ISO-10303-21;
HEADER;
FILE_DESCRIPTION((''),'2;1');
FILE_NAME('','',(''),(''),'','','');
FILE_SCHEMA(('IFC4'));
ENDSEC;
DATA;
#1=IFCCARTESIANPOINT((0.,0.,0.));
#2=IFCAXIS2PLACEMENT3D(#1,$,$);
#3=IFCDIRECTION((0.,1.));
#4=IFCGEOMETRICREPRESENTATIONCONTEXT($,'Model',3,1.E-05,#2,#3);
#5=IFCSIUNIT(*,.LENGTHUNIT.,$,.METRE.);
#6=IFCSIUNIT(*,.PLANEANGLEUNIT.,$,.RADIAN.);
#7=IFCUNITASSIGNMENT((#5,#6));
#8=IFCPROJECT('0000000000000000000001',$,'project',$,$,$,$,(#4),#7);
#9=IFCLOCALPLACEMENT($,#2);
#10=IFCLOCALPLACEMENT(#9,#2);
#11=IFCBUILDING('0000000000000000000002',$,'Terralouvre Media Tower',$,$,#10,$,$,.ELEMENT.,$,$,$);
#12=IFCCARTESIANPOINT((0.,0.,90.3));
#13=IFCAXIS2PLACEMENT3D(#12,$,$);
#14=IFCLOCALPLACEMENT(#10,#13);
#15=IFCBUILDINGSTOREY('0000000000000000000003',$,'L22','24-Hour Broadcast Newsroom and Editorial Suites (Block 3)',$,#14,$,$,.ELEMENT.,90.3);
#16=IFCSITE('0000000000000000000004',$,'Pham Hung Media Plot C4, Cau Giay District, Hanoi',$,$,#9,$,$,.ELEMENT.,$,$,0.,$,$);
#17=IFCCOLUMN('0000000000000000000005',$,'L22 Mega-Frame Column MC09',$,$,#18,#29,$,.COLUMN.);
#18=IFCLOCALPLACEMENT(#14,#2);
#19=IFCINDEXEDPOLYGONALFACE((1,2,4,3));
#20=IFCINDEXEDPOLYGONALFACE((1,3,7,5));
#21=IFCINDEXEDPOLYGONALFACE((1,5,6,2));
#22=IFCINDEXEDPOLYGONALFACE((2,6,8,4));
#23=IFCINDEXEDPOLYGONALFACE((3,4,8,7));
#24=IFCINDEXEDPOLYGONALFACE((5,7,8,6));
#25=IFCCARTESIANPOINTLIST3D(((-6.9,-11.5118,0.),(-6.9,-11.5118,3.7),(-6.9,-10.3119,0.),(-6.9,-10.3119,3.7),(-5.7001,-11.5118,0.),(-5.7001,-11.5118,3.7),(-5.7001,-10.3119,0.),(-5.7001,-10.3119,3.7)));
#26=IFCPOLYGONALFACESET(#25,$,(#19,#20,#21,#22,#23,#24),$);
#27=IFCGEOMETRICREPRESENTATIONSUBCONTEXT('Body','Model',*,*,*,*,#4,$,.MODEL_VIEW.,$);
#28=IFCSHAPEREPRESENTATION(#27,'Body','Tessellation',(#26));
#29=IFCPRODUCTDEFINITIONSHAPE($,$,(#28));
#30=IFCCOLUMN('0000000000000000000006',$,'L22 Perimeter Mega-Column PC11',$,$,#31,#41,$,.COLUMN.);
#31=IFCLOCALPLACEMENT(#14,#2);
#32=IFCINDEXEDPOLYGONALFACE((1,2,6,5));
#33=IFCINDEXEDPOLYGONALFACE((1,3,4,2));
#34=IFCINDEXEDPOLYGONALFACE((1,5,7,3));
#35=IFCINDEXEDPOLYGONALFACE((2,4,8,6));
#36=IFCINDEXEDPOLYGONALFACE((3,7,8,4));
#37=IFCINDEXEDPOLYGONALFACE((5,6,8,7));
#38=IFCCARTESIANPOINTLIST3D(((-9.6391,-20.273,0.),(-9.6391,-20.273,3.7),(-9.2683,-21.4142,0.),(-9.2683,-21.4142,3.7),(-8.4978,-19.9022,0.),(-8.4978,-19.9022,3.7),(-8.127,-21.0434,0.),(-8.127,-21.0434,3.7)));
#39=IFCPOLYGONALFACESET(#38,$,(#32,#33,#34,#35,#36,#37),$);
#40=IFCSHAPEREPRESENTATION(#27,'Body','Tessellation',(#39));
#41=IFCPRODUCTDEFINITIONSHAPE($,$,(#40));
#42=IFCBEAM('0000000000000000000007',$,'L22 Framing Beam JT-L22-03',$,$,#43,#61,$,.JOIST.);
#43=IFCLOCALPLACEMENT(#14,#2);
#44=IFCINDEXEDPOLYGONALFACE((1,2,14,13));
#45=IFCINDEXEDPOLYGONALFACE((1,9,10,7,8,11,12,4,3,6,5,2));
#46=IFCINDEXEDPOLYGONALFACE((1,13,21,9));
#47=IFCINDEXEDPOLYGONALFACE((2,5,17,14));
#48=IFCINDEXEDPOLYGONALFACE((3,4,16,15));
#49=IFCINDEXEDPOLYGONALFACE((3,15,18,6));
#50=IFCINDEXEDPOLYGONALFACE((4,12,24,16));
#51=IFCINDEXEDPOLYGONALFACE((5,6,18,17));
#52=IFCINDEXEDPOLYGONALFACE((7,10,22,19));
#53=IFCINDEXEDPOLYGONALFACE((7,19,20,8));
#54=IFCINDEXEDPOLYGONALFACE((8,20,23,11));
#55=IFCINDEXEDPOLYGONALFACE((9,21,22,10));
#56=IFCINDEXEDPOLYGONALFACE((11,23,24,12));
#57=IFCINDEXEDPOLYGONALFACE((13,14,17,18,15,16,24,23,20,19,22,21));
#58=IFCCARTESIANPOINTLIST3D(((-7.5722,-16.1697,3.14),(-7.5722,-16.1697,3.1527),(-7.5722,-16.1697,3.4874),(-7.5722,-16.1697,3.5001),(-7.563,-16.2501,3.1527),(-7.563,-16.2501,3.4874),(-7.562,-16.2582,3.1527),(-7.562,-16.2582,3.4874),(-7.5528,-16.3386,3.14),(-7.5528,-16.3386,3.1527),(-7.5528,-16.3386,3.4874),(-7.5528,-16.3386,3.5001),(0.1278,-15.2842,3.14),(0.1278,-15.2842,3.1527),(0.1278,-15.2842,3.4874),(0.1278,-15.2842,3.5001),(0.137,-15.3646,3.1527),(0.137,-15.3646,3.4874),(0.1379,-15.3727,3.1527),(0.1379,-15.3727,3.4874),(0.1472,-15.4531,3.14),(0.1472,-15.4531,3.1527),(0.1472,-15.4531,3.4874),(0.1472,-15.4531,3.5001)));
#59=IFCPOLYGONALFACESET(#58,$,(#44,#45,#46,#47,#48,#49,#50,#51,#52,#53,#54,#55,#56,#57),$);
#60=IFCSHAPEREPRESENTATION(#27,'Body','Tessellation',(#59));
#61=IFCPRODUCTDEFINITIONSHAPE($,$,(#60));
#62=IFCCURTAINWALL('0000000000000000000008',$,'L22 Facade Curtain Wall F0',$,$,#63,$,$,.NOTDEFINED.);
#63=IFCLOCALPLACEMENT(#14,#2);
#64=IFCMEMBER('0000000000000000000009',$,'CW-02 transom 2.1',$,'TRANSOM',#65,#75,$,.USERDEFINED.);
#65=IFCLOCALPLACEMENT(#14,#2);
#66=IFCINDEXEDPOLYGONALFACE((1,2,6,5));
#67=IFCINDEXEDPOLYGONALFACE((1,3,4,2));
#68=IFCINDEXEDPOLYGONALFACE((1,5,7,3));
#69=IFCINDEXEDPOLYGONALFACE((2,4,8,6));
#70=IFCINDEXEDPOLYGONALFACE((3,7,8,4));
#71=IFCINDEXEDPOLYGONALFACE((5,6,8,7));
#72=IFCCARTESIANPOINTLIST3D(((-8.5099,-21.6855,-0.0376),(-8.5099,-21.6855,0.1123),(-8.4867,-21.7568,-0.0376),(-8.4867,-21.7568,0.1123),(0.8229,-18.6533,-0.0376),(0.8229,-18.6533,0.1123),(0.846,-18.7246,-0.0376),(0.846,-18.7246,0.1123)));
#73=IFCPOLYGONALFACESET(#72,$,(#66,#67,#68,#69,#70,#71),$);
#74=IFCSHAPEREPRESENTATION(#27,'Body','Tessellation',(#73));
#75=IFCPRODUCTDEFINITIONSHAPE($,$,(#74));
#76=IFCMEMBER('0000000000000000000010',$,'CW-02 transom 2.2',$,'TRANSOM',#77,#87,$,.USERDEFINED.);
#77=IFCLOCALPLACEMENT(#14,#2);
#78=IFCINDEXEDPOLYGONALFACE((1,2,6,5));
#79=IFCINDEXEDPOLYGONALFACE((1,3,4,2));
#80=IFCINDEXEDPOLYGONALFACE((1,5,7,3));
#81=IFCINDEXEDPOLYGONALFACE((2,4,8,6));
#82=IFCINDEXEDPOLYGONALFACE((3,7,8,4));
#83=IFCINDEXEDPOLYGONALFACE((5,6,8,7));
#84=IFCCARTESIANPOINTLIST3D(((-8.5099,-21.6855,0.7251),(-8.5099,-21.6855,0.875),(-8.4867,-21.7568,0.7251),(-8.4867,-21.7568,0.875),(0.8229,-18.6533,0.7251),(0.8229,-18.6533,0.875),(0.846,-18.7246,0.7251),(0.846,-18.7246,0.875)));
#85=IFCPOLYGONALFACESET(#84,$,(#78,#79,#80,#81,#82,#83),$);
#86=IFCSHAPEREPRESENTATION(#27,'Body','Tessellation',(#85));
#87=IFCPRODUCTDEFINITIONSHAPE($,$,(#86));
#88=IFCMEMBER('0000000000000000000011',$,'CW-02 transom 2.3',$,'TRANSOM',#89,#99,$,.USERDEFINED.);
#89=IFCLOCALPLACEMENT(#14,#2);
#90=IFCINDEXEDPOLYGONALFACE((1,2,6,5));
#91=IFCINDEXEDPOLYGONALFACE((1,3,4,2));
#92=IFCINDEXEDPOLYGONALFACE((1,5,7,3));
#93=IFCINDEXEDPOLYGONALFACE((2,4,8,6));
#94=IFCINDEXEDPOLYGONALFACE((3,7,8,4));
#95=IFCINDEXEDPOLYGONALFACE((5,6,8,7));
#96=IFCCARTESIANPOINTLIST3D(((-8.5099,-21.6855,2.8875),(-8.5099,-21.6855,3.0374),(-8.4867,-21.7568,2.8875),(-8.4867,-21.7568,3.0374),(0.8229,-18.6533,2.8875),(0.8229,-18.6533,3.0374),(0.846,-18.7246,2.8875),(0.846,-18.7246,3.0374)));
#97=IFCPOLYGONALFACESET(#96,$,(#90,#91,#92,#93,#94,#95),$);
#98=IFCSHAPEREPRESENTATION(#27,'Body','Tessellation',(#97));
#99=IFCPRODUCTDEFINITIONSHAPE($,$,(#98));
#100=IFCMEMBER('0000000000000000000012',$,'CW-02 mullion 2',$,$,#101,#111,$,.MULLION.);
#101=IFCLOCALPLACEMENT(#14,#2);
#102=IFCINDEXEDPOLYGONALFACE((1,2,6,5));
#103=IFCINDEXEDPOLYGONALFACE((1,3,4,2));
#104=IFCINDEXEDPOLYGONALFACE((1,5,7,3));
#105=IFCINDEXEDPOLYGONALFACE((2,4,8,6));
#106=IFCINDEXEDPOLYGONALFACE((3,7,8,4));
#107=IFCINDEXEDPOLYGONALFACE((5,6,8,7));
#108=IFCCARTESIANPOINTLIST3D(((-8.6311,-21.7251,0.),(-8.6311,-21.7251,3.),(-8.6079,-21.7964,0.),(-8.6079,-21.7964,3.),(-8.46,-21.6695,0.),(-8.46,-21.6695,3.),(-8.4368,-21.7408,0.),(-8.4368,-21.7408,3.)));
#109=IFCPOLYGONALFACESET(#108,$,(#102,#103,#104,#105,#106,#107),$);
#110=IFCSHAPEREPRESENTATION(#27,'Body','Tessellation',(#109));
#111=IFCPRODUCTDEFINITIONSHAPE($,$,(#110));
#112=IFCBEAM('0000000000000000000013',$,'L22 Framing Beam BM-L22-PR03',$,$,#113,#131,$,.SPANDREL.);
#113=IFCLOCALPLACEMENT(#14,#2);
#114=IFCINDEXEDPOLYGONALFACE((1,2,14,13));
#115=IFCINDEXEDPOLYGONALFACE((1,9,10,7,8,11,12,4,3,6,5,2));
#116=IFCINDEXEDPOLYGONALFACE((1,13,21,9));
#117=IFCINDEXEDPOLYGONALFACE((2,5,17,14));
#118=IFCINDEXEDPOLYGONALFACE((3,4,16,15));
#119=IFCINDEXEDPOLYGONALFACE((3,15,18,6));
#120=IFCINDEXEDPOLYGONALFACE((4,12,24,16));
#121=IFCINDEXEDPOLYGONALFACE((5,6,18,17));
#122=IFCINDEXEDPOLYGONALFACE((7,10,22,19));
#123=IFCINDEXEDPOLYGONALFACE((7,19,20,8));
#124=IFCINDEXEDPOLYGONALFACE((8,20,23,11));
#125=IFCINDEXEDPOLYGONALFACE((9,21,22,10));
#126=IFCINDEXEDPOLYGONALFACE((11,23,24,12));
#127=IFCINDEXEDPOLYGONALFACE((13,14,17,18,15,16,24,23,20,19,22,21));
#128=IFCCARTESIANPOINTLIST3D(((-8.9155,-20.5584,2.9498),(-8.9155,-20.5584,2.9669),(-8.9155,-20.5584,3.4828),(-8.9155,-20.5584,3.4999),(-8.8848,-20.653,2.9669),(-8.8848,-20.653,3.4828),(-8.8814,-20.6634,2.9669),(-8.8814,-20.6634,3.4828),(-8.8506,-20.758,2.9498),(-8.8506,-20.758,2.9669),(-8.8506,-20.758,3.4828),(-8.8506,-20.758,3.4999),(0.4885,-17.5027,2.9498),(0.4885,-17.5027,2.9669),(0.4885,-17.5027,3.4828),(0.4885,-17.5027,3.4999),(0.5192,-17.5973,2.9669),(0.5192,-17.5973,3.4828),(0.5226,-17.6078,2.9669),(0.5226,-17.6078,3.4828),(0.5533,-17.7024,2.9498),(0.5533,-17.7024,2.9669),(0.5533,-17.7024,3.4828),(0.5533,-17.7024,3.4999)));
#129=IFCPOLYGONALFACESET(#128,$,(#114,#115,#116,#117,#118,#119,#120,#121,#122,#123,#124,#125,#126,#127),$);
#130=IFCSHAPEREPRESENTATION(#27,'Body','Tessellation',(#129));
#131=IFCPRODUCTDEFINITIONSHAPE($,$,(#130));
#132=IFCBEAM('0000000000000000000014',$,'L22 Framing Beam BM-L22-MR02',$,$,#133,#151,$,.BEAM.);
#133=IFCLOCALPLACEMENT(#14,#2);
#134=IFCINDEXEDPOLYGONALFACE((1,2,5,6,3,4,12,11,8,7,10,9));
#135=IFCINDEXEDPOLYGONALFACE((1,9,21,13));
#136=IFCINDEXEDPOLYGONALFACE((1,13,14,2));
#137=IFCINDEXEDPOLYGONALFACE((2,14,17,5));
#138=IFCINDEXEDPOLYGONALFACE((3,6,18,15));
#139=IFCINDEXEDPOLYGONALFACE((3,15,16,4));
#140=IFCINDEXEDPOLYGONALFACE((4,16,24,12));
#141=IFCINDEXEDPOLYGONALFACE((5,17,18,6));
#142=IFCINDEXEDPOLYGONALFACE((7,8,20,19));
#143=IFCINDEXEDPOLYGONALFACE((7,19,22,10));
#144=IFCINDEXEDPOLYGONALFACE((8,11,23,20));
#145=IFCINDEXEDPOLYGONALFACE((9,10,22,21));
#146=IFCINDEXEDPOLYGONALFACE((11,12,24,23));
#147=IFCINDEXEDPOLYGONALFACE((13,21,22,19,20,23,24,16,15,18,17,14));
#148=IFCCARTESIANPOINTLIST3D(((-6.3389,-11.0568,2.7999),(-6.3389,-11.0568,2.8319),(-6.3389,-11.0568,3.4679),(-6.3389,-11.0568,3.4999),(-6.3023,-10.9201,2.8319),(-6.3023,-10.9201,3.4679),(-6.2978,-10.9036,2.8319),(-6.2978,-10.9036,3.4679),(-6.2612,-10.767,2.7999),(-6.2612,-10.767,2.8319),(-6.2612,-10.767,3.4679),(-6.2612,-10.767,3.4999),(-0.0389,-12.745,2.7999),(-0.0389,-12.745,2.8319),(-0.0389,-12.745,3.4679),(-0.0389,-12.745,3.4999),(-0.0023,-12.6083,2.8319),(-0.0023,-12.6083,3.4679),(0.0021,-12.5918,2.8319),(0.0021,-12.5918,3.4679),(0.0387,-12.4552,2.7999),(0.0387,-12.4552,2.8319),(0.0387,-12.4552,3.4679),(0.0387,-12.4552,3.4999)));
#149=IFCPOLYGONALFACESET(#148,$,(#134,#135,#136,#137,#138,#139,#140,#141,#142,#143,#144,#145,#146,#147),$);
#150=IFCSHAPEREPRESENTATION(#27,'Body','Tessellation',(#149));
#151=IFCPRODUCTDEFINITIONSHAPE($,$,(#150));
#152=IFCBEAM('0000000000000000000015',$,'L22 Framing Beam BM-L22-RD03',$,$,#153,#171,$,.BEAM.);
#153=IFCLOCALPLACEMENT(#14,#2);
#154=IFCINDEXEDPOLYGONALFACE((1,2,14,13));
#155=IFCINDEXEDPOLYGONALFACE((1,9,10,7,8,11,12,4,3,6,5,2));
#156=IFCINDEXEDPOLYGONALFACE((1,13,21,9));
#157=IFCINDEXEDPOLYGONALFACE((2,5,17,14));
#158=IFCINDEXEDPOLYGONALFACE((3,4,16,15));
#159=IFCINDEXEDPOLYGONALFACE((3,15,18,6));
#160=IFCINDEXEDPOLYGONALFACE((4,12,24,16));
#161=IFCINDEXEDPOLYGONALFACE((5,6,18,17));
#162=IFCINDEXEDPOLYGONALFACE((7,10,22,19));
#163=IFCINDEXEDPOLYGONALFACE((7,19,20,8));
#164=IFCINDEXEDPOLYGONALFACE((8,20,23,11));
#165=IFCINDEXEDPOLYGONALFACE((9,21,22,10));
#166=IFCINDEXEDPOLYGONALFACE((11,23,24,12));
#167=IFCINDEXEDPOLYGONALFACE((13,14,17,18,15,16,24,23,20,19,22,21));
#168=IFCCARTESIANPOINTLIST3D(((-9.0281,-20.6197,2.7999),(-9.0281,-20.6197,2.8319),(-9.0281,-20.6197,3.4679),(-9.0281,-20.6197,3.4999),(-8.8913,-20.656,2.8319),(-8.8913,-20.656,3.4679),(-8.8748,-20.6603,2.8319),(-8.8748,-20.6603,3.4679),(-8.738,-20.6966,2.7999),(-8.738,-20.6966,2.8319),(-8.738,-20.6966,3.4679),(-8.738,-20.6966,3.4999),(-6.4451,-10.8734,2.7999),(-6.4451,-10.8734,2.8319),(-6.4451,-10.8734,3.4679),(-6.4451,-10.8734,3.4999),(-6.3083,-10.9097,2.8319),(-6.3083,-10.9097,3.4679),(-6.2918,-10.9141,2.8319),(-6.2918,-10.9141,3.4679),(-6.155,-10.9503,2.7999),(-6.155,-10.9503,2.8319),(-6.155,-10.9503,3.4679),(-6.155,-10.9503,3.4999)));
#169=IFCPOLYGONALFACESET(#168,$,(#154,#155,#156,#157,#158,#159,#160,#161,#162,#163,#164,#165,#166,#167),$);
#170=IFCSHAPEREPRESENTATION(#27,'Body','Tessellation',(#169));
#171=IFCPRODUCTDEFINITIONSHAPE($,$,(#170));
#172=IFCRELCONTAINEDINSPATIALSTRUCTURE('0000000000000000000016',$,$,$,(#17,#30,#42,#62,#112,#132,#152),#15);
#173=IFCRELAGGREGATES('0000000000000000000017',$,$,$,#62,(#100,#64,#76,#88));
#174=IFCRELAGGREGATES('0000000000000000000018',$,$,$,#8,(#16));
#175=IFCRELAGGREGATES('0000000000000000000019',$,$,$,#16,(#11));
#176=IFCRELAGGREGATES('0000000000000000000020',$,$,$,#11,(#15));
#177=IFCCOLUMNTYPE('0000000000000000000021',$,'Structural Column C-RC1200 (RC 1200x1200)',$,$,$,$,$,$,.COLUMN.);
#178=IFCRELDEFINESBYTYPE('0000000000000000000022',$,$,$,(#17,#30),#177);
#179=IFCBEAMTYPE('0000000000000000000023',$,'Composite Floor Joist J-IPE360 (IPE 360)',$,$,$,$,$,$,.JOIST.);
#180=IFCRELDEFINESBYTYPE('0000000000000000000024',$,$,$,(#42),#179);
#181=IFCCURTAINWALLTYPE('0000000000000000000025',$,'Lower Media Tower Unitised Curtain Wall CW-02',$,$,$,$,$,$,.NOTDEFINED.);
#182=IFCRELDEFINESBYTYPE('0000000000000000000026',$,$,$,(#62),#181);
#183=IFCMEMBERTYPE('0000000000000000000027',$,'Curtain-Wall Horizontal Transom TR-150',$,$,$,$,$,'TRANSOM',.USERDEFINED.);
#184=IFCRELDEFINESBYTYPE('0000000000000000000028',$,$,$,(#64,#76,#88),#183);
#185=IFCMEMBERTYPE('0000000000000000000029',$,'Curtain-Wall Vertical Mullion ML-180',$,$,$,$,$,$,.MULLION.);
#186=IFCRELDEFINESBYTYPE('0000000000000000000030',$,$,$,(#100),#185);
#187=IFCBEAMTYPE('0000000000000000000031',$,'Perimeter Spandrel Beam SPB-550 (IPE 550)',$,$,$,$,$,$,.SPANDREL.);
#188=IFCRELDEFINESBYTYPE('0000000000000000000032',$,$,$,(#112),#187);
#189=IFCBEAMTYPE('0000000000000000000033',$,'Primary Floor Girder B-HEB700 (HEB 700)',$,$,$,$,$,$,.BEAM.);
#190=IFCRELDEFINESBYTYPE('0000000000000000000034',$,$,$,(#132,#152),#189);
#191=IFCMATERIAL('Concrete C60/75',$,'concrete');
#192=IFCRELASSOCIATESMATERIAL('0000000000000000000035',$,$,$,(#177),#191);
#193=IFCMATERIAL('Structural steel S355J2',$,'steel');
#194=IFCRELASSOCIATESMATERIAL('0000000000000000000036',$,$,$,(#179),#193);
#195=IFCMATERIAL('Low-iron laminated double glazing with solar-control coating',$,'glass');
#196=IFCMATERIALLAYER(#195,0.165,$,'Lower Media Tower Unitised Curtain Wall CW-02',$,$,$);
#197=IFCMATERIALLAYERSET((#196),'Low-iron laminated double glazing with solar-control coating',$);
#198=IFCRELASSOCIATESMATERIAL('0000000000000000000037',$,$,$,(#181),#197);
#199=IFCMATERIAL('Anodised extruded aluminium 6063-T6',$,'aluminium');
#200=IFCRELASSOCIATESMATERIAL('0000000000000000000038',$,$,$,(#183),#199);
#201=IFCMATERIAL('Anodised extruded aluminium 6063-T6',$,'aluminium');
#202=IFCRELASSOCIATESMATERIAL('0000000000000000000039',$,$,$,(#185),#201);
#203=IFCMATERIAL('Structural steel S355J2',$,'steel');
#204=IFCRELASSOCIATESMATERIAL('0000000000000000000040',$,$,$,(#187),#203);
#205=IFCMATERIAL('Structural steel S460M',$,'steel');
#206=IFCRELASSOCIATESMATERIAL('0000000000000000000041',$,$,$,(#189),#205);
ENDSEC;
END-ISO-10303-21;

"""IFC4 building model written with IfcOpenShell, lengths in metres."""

from ifc_helpers import new_model, si_unit, direction, frame, origin, origin_2d, place, context, subcontext, project, spatial, rectangle, i_section, extrude, material, layer, layer_set, material_profile, profile_set, type_object, element, aggregate, save


model = new_model("IFC4")

# Units and contexts
model_context = context("Model", 3, precision=1e-05, world=origin(), true_north=direction((0.0, 1.0)))
body_context = subcontext(model_context, "Body", "Model", "MODEL_VIEW")
ifc_project = project(units=[si_unit("LENGTHUNIT", "METRE"), si_unit("PLANEANGLEUNIT", "RADIAN")], contexts=[model_context])

# Site, building, storey
site_placement = place(None, origin())
site = spatial("IfcSite", under=ifc_project, at=site_placement, Name="Pham Hung Media Plot C4, Cau Giay District, Hanoi", CompositionType="ELEMENT", RefElevation=0.0)
building_placement = place(site_placement, origin())
building = spatial("IfcBuilding", under=site, at=building_placement, Name="Terralouvre Media Tower", CompositionType="ELEMENT")
storey_placement = place(building_placement, frame((0.0, 0.0, 90.3)))
storey = spatial("IfcBuildingStorey", under=building, at=storey_placement, Name="L22", Description="24-Hour Broadcast Newsroom and Editorial Suites (Block 3)", CompositionType="ELEMENT", Elevation=90.3)

# Columns
ifc_material_1 = material(Name="Concrete C60/75", Category="concrete")
ifc_material_profile_1 = material_profile(ifc_material_1, rectangle(XDim=1.2, YDim=1.2, at=origin_2d()), Name="RC 1200x1200")
ifc_profile_set_1 = profile_set([ifc_material_profile_1], Name="Concrete C60/75")
column_type = type_object("IfcColumnType", Name="Structural Column C-RC1200 (RC 1200x1200)", PredefinedType="COLUMN", material=ifc_profile_set_1)
for number, where, z_axis, x_axis, name in (
    (1, (-6.3, -10.9119, 0.0), (0.0, 0.0, 1.0), (1.0, 0.0, 0.0), "L22 Mega-Frame Column MC09"),
    (2, (-8.8831, -20.6582, 0.0), (0.0, 0.0, 1.0), (0.951057, 0.309017, 0.0), "L22 Perimeter Mega-Column PC11"),
):
    element("IfcColumn", number, at=place(storey_placement, frame(where, z_axis=z_axis, x_axis=x_axis)), inside=storey, type_object=column_type, Name=name, PredefinedType="COLUMN", context=body_context, shape_type="SweptSolid", body=[
        extrude(rectangle(XDim=1.2, YDim=1.2, at=origin_2d()), origin(), (0.0, 0.0, 1.0), 3.7),
    ])

# Beam
ifc_material_2 = material(Name="Structural steel S355J2", Category="steel")
ifc_material_profile_2 = material_profile(ifc_material_2, i_section(OverallWidth=0.1699, OverallDepth=0.3601, WebThickness=0.0081, FlangeThickness=0.0127, at=origin_2d()), Name="IPE 360")
ifc_profile_set_2 = profile_set([ifc_material_profile_2], Name="Structural steel S355J2")
beam_type_1 = type_object("IfcBeamType", Name="Composite Floor Joist J-IPE360 (IPE 360)", PredefinedType="JOIST", material=ifc_profile_set_2)
beam_1_placement = place(storey_placement, frame((-7.5625, -16.2542, 3.3201), z_axis=(0.993452, 0.114247, 0.0), x_axis=(-0.114247, 0.993452, 0.0)))
element("IfcBeam", 3, at=beam_1_placement, inside=storey, type_object=beam_type_1, Name="L22 Framing Beam JT-L22-03", PredefinedType="JOIST", context=body_context, shape_type="SweptSolid", body=[
    extrude(i_section(OverallWidth=0.1699, OverallDepth=0.3601, WebThickness=0.0081, FlangeThickness=0.0127, at=origin_2d()), origin(), (0.0, 0.0, 1.0), 7.7507),
])

# Curtain wall, members
ifc_material_3 = material(Name="Low-iron laminated double glazing with solar-control coating", Category="glass")
ifc_layer_1 = layer(ifc_material_3, 0.165, Name="Lower Media Tower Unitised Curtain Wall CW-02")
ifc_layer_set_1 = layer_set([ifc_layer_1], Name="Low-iron laminated double glazing with solar-control coating")
curtain_wall_type = type_object("IfcCurtainWallType", Name="Lower Media Tower Unitised Curtain Wall CW-02", PredefinedType="NOTDEFINED", material=ifc_layer_set_1)
curtain_wall_placement = place(storey_placement, origin())
curtain_wall = element("IfcCurtainWall", 4, at=curtain_wall_placement, inside=storey, type_object=curtain_wall_type, Name="L22 Facade Curtain Wall F0", PredefinedType="NOTDEFINED")
ifc_material_4 = material(Name="Anodised extruded aluminium 6063-T6", Category="aluminium")
ifc_material_profile_3 = material_profile(ifc_material_4, rectangle(XDim=0.075, YDim=0.1499, at=origin_2d()), Name="ALU 75x150")
ifc_profile_set_3 = profile_set([ifc_material_profile_3], Name="Anodised extruded aluminium 6063-T6")
member_type_1 = type_object("IfcMemberType", Name="Curtain-Wall Horizontal Transom TR-150", ElementType="TRANSOM", PredefinedType="USERDEFINED", material=ifc_profile_set_3)
member_1_placement = place(storey_placement, frame((-8.4983, -21.7212, 0.0374), z_axis=(0.951062, 0.309001, 0.0), x_axis=(-0.309001, 0.951062, 0.0)))
member_1 = element("IfcMember", 5, at=member_1_placement, type_object=member_type_1, Name="CW-02 transom 2.1", ObjectType="TRANSOM", PredefinedType="USERDEFINED", context=body_context, shape_type="SweptSolid", body=[
    extrude(rectangle(XDim=0.075, YDim=0.1499, at=origin_2d()), origin(), (0.0, 0.0, 1.0), 9.813),
])
member_2_placement = place(storey_placement, frame((-8.4983, -21.7212, 0.8), z_axis=(0.951062, 0.309001, 0.0), x_axis=(-0.309001, 0.951062, 0.0)))
member_2 = element("IfcMember", 6, at=member_2_placement, type_object=member_type_1, Name="CW-02 transom 2.2", ObjectType="TRANSOM", PredefinedType="USERDEFINED", context=body_context, shape_type="SweptSolid", body=[
    extrude(rectangle(XDim=0.075, YDim=0.1499, at=origin_2d()), origin(), (0.0, 0.0, 1.0), 9.813),
])
member_3_placement = place(storey_placement, frame((-8.4983, -21.7212, 2.9624), z_axis=(0.951062, 0.309001, 0.0), x_axis=(-0.309001, 0.951062, 0.0)))
member_3 = element("IfcMember", 7, at=member_3_placement, type_object=member_type_1, Name="CW-02 transom 2.3", ObjectType="TRANSOM", PredefinedType="USERDEFINED", context=body_context, shape_type="SweptSolid", body=[
    extrude(rectangle(XDim=0.075, YDim=0.1499, at=origin_2d()), origin(), (0.0, 0.0, 1.0), 9.813),
])
ifc_material_5 = material(Name="Anodised extruded aluminium 6063-T6", Category="aluminium")
ifc_material_profile_4 = material_profile(ifc_material_5, rectangle(XDim=0.075, YDim=0.1799, at=origin_2d()), Name="ALU 75x180")
ifc_profile_set_4 = profile_set([ifc_material_profile_4], Name="Anodised extruded aluminium 6063-T6")
member_type_2 = type_object("IfcMemberType", Name="Curtain-Wall Vertical Mullion ML-180", PredefinedType="MULLION", material=ifc_profile_set_4)
member_4_placement = place(storey_placement, frame((-8.5339, -21.7329, 0.0), z_axis=(0.0, 0.0, 1.0), x_axis=(-0.309017, 0.951057, 0.0)))
member_4 = element("IfcMember", 8, at=member_4_placement, type_object=member_type_2, Name="CW-02 mullion 2", PredefinedType="MULLION", context=body_context, shape_type="SweptSolid", body=[
    extrude(rectangle(XDim=0.075, YDim=0.1799, at=origin_2d()), origin(), (0.0, 0.0, 1.0), 3.0),
])

# Beams
ifc_material_6 = material(Name="Structural steel S355J2", Category="steel")
ifc_material_profile_5 = material_profile(ifc_material_6, i_section(OverallWidth=0.21, OverallDepth=0.55, WebThickness=0.011, FlangeThickness=0.0171, at=origin_2d()), Name="IPE 550")
ifc_profile_set_5 = profile_set([ifc_material_profile_5], Name="Structural steel S355J2")
beam_type_2 = type_object("IfcBeamType", Name="Perimeter Spandrel Beam SPB-550 (IPE 550)", PredefinedType="SPANDREL", material=ifc_profile_set_5)
beam_2_placement = place(storey_placement, frame((-8.8831, -20.6582, 3.2249), z_axis=(0.951053, 0.309026, 0.0), x_axis=(-0.309026, 0.951053, 0.0)))
element("IfcBeam", 9, at=beam_2_placement, inside=storey, type_object=beam_type_2, Name="L22 Framing Beam BM-L22-PR03", PredefinedType="SPANDREL", context=body_context, shape_type="SweptSolid", body=[
    extrude(i_section(OverallWidth=0.21, OverallDepth=0.55, WebThickness=0.011, FlangeThickness=0.0171, at=origin_2d()), origin(), (0.0, 0.0, 1.0), 9.8879),
])
ifc_material_7 = material(Name="Structural steel S460M", Category="steel")
ifc_material_profile_6 = material_profile(ifc_material_7, i_section(OverallWidth=0.3, OverallDepth=0.7, WebThickness=0.0171, FlangeThickness=0.032, at=origin_2d()), Name="HEB 700")
ifc_profile_set_6 = profile_set([ifc_material_profile_6], Name="Structural steel S460M")
beam_type_3 = type_object("IfcBeamType", Name="Primary Floor Girder B-HEB700 (HEB 700)", PredefinedType="BEAM", material=ifc_profile_set_6)
beam_3_placement = place(storey_placement, frame((-6.3, -10.9119, 3.1499), z_axis=(0.96592, -0.258839, 0.0), x_axis=(0.258839, 0.96592, 0.0)))
element("IfcBeam", 10, at=beam_3_placement, inside=storey, type_object=beam_type_3, Name="L22 Framing Beam BM-L22-MR02", PredefinedType="BEAM", context=body_context, shape_type="SweptSolid", body=[
    extrude(i_section(OverallWidth=0.3, OverallDepth=0.7, WebThickness=0.0171, FlangeThickness=0.032, at=origin_2d()), origin(), (0.0, 0.0, 1.0), 6.5222),
])
beam_4_placement = place(storey_placement, frame((-6.3, -10.9119, 3.1499), z_axis=(-0.256179, -0.966629, 0.0), x_axis=(0.966629, -0.256179, 0.0)))
element("IfcBeam", 11, at=beam_4_placement, inside=storey, type_object=beam_type_3, Name="L22 Framing Beam BM-L22-RD03", PredefinedType="BEAM", context=body_context, shape_type="SweptSolid", body=[
    extrude(i_section(OverallWidth=0.3, OverallDepth=0.7, WebThickness=0.0171, FlangeThickness=0.032, at=origin_2d()), origin(), (0.0, 0.0, 1.0), 10.0828),
])

aggregate(curtain_wall, [member_4, member_1, member_2, member_3])

save(model, "model.ifc")
